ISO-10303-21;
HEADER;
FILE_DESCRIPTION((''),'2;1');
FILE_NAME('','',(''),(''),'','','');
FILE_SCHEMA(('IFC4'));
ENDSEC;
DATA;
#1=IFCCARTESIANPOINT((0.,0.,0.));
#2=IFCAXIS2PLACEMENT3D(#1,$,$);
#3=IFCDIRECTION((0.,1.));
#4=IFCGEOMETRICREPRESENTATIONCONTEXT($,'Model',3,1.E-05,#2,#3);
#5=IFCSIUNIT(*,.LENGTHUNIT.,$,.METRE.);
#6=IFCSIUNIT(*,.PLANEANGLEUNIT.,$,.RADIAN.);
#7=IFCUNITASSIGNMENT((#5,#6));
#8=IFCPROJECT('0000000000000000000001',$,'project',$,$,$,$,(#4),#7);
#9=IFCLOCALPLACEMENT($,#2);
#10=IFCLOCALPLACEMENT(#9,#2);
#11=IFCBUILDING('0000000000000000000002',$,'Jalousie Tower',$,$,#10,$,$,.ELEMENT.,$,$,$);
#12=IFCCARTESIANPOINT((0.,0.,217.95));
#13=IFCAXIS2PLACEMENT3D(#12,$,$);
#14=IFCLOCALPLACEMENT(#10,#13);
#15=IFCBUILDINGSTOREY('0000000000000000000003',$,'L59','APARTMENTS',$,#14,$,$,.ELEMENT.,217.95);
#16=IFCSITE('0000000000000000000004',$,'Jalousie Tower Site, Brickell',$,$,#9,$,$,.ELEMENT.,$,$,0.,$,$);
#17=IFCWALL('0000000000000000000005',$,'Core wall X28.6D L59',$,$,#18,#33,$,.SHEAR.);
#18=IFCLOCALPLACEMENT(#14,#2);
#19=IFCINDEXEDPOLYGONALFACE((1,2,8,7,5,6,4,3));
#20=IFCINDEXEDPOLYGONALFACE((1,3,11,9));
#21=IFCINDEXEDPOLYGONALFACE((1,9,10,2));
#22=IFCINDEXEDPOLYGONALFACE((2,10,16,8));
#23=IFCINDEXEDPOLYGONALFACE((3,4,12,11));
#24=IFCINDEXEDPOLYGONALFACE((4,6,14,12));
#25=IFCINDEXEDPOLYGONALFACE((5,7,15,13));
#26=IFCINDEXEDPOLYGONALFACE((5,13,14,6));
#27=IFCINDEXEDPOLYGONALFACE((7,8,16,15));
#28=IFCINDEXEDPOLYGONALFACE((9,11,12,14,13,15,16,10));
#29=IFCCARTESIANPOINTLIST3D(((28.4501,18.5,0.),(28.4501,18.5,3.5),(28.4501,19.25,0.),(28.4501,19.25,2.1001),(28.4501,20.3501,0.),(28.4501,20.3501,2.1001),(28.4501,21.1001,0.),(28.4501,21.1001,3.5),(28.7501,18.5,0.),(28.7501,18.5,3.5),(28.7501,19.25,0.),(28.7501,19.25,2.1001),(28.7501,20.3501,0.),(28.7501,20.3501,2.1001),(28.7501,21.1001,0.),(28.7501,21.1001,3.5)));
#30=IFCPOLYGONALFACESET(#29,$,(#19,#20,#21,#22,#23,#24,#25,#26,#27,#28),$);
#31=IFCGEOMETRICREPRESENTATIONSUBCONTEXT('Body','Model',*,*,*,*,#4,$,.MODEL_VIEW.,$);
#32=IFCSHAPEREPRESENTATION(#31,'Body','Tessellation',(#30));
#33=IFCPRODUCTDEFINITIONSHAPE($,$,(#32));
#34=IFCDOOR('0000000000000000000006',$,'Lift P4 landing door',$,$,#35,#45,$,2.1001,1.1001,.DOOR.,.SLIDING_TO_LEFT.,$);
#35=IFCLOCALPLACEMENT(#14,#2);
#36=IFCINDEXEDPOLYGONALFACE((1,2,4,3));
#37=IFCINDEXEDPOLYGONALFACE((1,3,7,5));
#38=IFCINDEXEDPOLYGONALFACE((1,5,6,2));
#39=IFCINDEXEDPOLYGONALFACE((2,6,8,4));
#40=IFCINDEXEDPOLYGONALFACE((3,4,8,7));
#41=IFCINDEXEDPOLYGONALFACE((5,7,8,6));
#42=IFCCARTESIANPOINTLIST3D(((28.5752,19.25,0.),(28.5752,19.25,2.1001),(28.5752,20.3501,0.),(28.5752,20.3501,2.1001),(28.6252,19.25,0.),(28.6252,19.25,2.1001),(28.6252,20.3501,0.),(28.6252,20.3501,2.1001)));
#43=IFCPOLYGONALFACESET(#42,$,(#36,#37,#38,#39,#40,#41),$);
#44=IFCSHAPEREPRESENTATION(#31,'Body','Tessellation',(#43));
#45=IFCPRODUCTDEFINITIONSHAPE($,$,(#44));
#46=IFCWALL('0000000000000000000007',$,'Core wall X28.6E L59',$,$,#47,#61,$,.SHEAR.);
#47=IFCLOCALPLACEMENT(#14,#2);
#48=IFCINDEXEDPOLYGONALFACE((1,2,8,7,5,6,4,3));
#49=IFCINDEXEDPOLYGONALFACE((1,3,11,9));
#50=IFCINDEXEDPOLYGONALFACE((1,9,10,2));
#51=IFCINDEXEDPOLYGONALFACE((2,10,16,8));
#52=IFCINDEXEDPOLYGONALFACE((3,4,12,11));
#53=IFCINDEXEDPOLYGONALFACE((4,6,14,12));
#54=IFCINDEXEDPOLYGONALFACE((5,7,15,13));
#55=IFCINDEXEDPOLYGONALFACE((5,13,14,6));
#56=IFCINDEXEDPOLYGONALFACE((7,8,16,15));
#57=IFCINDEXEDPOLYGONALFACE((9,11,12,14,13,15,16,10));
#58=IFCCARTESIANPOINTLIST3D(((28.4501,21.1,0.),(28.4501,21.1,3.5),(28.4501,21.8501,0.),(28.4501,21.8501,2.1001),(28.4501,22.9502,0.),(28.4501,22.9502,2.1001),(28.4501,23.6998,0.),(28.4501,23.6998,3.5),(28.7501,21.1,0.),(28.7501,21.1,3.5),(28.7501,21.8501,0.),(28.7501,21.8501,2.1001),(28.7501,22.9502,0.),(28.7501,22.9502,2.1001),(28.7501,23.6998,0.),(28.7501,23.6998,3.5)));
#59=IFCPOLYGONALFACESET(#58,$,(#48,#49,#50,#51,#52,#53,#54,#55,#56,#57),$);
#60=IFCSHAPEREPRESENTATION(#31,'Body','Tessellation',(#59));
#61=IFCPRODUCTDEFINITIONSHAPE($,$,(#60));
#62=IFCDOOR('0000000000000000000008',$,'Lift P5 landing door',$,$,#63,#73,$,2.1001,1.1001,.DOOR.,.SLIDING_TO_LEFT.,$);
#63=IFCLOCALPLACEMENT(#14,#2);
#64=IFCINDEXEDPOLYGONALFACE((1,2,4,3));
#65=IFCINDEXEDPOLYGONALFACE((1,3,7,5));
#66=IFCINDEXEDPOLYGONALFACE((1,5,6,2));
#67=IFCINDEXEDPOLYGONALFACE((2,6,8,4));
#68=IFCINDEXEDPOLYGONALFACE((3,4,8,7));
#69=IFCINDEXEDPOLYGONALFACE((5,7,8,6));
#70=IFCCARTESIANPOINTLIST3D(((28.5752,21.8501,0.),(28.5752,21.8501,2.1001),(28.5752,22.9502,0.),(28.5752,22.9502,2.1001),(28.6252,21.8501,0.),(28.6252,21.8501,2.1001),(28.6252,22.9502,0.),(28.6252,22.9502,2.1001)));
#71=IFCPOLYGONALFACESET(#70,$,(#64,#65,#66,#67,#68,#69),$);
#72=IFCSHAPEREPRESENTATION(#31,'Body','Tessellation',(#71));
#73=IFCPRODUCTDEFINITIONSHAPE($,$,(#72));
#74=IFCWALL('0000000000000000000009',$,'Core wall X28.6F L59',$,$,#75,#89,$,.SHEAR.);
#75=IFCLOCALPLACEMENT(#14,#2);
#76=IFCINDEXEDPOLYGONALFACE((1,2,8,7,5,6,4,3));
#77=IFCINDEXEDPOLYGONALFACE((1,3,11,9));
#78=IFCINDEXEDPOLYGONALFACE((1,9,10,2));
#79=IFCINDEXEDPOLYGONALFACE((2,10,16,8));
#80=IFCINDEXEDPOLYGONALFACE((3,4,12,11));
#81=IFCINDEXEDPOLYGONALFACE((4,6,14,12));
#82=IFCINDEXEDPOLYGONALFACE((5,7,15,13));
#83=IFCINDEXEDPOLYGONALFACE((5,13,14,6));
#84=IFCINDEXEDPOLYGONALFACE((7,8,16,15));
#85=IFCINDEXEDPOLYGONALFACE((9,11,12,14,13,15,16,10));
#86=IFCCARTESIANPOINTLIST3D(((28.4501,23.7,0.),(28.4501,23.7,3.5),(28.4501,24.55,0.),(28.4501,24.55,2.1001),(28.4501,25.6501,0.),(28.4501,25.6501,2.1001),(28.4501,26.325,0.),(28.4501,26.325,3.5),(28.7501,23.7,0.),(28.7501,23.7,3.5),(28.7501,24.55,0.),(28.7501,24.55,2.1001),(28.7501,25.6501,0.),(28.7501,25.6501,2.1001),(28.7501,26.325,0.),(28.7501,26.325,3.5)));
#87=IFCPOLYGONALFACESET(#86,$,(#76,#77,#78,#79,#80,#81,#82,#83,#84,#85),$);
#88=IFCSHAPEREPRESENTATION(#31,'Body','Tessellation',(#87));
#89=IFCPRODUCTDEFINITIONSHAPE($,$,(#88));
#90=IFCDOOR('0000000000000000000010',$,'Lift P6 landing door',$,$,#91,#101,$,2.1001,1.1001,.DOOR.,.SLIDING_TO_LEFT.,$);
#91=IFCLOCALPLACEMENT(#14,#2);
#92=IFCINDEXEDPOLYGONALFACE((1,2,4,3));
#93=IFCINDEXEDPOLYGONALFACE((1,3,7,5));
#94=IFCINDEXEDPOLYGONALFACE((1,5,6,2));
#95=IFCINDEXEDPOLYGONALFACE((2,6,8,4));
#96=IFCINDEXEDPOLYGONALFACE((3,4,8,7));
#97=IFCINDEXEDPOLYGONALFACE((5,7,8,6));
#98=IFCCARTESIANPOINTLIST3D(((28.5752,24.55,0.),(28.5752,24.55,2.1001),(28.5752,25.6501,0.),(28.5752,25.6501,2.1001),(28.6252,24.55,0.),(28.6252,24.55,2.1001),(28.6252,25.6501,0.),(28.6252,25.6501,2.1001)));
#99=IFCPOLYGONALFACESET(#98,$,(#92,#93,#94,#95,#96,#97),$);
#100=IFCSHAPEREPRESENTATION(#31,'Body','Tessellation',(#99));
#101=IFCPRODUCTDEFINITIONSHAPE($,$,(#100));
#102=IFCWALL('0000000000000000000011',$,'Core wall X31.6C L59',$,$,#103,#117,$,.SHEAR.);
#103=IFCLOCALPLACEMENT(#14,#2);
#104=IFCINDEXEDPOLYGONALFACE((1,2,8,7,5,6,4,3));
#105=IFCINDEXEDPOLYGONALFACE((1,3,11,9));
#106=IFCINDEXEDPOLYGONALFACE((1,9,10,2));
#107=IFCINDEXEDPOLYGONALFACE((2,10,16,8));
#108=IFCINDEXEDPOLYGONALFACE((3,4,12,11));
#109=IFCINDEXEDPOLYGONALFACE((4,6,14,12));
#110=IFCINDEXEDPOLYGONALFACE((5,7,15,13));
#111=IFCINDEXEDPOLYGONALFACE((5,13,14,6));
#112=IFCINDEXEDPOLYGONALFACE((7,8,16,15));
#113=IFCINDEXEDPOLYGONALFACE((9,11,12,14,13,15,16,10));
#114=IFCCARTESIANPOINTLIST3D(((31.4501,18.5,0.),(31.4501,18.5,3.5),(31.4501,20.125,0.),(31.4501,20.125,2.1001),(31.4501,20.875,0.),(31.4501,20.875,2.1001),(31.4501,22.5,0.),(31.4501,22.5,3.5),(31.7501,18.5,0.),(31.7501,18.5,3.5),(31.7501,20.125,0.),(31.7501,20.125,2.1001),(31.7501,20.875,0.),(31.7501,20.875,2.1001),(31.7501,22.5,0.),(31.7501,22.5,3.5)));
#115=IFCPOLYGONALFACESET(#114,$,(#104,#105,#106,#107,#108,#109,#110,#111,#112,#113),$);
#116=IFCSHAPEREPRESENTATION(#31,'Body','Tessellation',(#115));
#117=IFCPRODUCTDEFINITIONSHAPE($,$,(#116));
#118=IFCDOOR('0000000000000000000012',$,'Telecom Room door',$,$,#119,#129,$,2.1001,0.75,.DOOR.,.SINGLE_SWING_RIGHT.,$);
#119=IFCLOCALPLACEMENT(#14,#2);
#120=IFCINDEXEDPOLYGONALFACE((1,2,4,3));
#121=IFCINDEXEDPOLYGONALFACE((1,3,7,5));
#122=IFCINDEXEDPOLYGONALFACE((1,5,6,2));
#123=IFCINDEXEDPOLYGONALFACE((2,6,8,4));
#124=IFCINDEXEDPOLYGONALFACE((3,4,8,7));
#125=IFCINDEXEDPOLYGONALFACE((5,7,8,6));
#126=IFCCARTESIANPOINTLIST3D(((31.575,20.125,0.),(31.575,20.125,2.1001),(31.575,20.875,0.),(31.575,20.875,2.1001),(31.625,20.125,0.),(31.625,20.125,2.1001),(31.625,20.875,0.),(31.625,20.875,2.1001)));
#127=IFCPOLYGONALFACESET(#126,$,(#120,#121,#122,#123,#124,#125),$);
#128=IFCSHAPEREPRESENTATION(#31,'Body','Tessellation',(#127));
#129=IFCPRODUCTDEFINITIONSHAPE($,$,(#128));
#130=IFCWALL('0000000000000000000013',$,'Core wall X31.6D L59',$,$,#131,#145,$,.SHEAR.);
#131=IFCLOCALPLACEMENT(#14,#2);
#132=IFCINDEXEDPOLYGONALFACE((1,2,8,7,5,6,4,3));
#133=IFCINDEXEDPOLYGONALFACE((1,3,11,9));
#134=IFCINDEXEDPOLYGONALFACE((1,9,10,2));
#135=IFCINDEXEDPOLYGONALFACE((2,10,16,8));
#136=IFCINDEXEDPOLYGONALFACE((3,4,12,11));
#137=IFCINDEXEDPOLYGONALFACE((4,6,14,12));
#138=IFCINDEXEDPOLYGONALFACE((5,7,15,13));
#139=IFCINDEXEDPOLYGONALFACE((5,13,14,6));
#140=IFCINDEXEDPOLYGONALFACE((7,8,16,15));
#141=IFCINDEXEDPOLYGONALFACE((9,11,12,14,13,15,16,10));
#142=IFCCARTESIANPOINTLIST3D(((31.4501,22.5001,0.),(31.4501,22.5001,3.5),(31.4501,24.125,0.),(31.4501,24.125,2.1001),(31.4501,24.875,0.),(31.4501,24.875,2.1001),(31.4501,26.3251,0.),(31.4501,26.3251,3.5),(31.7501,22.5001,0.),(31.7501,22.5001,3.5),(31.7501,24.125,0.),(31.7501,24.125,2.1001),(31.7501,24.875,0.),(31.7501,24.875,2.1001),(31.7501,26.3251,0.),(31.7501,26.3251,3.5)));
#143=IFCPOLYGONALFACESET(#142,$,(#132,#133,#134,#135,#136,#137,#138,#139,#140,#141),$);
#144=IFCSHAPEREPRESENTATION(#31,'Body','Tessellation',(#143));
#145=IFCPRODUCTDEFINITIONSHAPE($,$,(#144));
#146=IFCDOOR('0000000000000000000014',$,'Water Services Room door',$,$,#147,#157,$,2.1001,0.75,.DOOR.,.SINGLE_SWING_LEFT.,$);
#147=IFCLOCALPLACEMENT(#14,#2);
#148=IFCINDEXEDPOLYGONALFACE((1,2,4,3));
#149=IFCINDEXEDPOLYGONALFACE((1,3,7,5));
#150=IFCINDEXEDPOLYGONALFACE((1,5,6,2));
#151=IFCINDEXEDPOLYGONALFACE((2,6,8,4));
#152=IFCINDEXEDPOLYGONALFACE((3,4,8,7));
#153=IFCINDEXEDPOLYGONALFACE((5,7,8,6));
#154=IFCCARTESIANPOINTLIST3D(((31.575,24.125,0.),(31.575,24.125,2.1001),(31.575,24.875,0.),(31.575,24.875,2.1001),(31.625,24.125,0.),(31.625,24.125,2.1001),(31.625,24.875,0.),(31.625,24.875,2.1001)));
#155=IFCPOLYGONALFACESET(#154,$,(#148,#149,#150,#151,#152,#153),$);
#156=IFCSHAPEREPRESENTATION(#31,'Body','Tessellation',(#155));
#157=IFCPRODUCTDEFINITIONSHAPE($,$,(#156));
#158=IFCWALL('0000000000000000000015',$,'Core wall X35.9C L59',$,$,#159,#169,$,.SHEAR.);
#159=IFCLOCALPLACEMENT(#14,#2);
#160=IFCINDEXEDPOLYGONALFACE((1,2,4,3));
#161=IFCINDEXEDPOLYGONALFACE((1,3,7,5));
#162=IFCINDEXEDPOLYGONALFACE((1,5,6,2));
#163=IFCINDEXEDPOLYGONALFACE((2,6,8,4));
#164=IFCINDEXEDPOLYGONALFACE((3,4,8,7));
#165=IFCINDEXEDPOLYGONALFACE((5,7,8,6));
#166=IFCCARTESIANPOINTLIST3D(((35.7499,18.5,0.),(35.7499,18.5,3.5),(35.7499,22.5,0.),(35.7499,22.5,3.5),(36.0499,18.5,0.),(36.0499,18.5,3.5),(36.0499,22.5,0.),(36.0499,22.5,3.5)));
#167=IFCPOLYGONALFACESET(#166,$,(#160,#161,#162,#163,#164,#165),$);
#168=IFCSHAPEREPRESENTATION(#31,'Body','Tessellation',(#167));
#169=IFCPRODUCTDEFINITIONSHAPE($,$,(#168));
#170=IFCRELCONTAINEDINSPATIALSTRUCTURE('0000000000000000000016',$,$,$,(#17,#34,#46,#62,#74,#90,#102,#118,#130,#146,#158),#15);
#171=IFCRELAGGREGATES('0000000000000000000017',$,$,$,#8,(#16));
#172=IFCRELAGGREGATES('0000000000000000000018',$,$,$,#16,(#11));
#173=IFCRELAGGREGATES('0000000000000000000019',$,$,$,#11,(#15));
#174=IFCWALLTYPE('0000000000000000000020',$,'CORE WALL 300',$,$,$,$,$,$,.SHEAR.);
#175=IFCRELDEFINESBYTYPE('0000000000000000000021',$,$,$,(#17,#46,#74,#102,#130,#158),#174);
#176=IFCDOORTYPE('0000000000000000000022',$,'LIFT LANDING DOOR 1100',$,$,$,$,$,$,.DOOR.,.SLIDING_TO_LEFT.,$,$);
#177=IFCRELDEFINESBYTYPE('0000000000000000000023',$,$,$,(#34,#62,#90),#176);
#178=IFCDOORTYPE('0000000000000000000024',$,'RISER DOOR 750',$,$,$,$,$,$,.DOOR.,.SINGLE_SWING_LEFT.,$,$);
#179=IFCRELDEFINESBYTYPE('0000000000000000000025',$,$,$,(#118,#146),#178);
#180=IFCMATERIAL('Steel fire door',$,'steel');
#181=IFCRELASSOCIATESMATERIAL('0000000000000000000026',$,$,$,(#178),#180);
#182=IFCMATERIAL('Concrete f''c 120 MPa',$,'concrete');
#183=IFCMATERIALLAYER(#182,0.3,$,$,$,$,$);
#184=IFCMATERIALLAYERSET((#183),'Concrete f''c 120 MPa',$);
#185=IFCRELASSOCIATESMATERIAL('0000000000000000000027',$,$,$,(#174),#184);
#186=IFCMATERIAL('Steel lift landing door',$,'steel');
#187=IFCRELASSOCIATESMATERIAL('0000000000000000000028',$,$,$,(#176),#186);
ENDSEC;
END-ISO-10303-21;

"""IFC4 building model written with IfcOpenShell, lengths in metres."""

from ifc_helpers import new_model, si_unit, direction, frame, frame_2d, origin, place, context, subcontext, project, spatial, rectangle, extrude, material, layer, layer_set, type_object, element, fill, save


model = new_model("IFC4")

# Units and contexts
model_context = context("Model", 3, precision=1e-05, world=origin(), true_north=direction((0.0, 1.0)))
body_context = subcontext(model_context, "Body", "Model", "MODEL_VIEW")
ifc_project = project(units=[si_unit("LENGTHUNIT", "METRE"), si_unit("PLANEANGLEUNIT", "RADIAN")], contexts=[model_context])

# Site, building, storey
site_placement = place(None, origin())
site = spatial("IfcSite", under=ifc_project, at=site_placement, Name="Jalousie Tower Site, Brickell", CompositionType="ELEMENT", RefElevation=0.0)
building_placement = place(site_placement, origin())
building = spatial("IfcBuilding", under=site, at=building_placement, Name="Jalousie Tower", CompositionType="ELEMENT")
storey_placement = place(building_placement, frame((0.0, 0.0, 217.95)))
storey = spatial("IfcBuildingStorey", under=building, at=storey_placement, Name="L59", Description="APARTMENTS", CompositionType="ELEMENT", Elevation=217.95)

# Shared definitions
ifc_material_1 = material(Name="Steel fire door", Category="steel")
door_type_1 = type_object("IfcDoorType", Name="RISER DOOR 750", OperationType="SINGLE_SWING_LEFT", PredefinedType="DOOR", material=ifc_material_1)

# Shared definitions
ifc_material_2 = material(Name="Concrete f'c 120 MPa", Category="concrete")
ifc_layer_1 = layer(ifc_material_2, 0.3)
ifc_layer_set_1 = layer_set([ifc_layer_1], Name="Concrete f'c 120 MPa")
wall_type_1 = type_object("IfcWallType", Name="CORE WALL 300", PredefinedType="SHEAR", material=ifc_layer_set_1)

# Walls, openings, doors
wall_1_placement = place(storey_placement, frame((28.6001, 18.5, 0.0), z_axis=(0.0, 0.0, 1.0), x_axis=(0.0, 1.0, 0.0)))
wall_1 = element("IfcWall", 1, at=wall_1_placement, inside=storey, type_object=wall_type_1, Name="Core wall X28.6D L59", PredefinedType="SHEAR", context=body_context, shape_type="SweptSolid", body=[
    extrude(rectangle(XDim=2.6001, YDim=0.3, at=frame_2d((1.3, 0.0))), origin(), (0.0, 0.0, 1.0), 3.5),
])
opening_1_placement = place(wall_1_placement, frame((0.75, 0.0, 0.0)))
opening_1 = element("IfcOpeningElement", 2, at=opening_1_placement, cuts=wall_1, PredefinedType="OPENING", context=body_context, shape_type="SweptSolid", body=[
    extrude(rectangle(XDim=1.1001, YDim=2.1001, at=frame_2d((0.55, 1.05))), frame((0.0, 0.1599, 0.0), z_axis=(0.0, -1.0, 0.0), x_axis=(1.0, 0.0, 0.0)), (0.0, 0.0, 1.0), 0.3201),
])
ifc_material_3 = material(Name="Steel lift landing door", Category="steel")
door_type_2 = type_object("IfcDoorType", Name="LIFT LANDING DOOR 1100", OperationType="SLIDING_TO_LEFT", PredefinedType="DOOR", material=ifc_material_3)
door_1_placement = place(opening_1_placement, origin())
door_1 = element("IfcDoor", 3, at=door_1_placement, inside=storey, type_object=door_type_2, Name="Lift P4 landing door", OperationType="SLIDING_TO_LEFT", OverallHeight=2.1001, OverallWidth=1.1001, PredefinedType="DOOR", context=body_context, shape_type="SweptSolid", body=[
    extrude(rectangle(XDim=1.1001, YDim=2.1001, at=frame_2d((0.55, 1.05))), frame((0.0, 0.0249, 0.0), z_axis=(0.0, -1.0, 0.0), x_axis=(1.0, 0.0, 0.0)), (0.0, 0.0, 1.0), 0.05),
])
fill(opening_1, door_1)
wall_2_placement = place(storey_placement, frame((28.6001, 21.1001, 0.0), z_axis=(0.0, 0.0, 1.0), x_axis=(0.0, 1.0, 0.0)))
wall_2 = element("IfcWall", 4, at=wall_2_placement, inside=storey, type_object=wall_type_1, Name="Core wall X28.6E L59", PredefinedType="SHEAR", context=body_context, shape_type="SweptSolid", body=[
    extrude(rectangle(XDim=2.5999, YDim=0.3, at=frame_2d((1.2998, 0.0))), origin(), (0.0, 0.0, 1.0), 3.5),
])
opening_2_placement = place(wall_2_placement, frame((0.75, 0.0, 0.0)))
opening_2 = element("IfcOpeningElement", 5, at=opening_2_placement, cuts=wall_2, PredefinedType="OPENING", context=body_context, shape_type="SweptSolid", body=[
    extrude(rectangle(XDim=1.1001, YDim=2.1001, at=frame_2d((0.55, 1.05))), frame((0.0, 0.1599, 0.0), z_axis=(0.0, -1.0, 0.0), x_axis=(1.0, 0.0, 0.0)), (0.0, 0.0, 1.0), 0.3201),
])
door_2_placement = place(opening_2_placement, origin())
door_2 = element("IfcDoor", 6, at=door_2_placement, inside=storey, type_object=door_type_2, Name="Lift P5 landing door", OperationType="SLIDING_TO_LEFT", OverallHeight=2.1001, OverallWidth=1.1001, PredefinedType="DOOR", context=body_context, shape_type="SweptSolid", body=[
    extrude(rectangle(XDim=1.1001, YDim=2.1001, at=frame_2d((0.55, 1.05))), frame((0.0, 0.0249, 0.0), z_axis=(0.0, -1.0, 0.0), x_axis=(1.0, 0.0, 0.0)), (0.0, 0.0, 1.0), 0.05),
])
fill(opening_2, door_2)
wall_3_placement = place(storey_placement, frame((28.6001, 23.7, 0.0), z_axis=(0.0, 0.0, 1.0), x_axis=(0.0, 1.0, 0.0)))
wall_3 = element("IfcWall", 7, at=wall_3_placement, inside=storey, type_object=wall_type_1, Name="Core wall X28.6F L59", PredefinedType="SHEAR", context=body_context, shape_type="SweptSolid", body=[
    extrude(rectangle(XDim=2.625, YDim=0.3, at=frame_2d((1.3125, 0.0))), origin(), (0.0, 0.0, 1.0), 3.5),
])
opening_3_placement = place(wall_3_placement, frame((0.8501, 0.0, 0.0)))
opening_3 = element("IfcOpeningElement", 8, at=opening_3_placement, cuts=wall_3, PredefinedType="OPENING", context=body_context, shape_type="SweptSolid", body=[
    extrude(rectangle(XDim=1.1001, YDim=2.1001, at=frame_2d((0.55, 1.05))), frame((0.0, 0.1599, 0.0), z_axis=(0.0, -1.0, 0.0), x_axis=(1.0, 0.0, 0.0)), (0.0, 0.0, 1.0), 0.3201),
])
door_3_placement = place(opening_3_placement, origin())
door_3 = element("IfcDoor", 9, at=door_3_placement, inside=storey, type_object=door_type_2, Name="Lift P6 landing door", OperationType="SLIDING_TO_LEFT", OverallHeight=2.1001, OverallWidth=1.1001, PredefinedType="DOOR", context=body_context, shape_type="SweptSolid", body=[
    extrude(rectangle(XDim=1.1001, YDim=2.1001, at=frame_2d((0.55, 1.05))), frame((0.0, 0.0249, 0.0), z_axis=(0.0, -1.0, 0.0), x_axis=(1.0, 0.0, 0.0)), (0.0, 0.0, 1.0), 0.05),
])
fill(opening_3, door_3)
wall_4_placement = place(storey_placement, frame((31.6001, 18.5, 0.0), z_axis=(0.0, 0.0, 1.0), x_axis=(0.0, 1.0, 0.0)))
wall_4 = element("IfcWall", 10, at=wall_4_placement, inside=storey, type_object=wall_type_1, Name="Core wall X31.6C L59", PredefinedType="SHEAR", context=body_context, shape_type="SweptSolid", body=[
    extrude(rectangle(XDim=4.0, YDim=0.3, at=frame_2d((2.0, 0.0))), origin(), (0.0, 0.0, 1.0), 3.5),
])
opening_4_placement = place(wall_4_placement, frame((1.625, 0.0, 0.0)))
opening_4 = element("IfcOpeningElement", 11, at=opening_4_placement, cuts=wall_4, PredefinedType="OPENING", context=body_context, shape_type="SweptSolid", body=[
    extrude(rectangle(XDim=0.75, YDim=2.1001, at=frame_2d((0.375, 1.05))), frame((0.0, 0.1599, 0.0), z_axis=(0.0, -1.0, 0.0), x_axis=(1.0, 0.0, 0.0)), (0.0, 0.0, 1.0), 0.3201),
])
door_4_placement = place(opening_4_placement, frame((0.75, 0.0, 0.0), z_axis=(0.0, 0.0, 1.0), x_axis=(-1.0, 0.0, 0.0)))
door_4 = element("IfcDoor", 12, at=door_4_placement, inside=storey, type_object=door_type_1, Name="Telecom Room door", OperationType="SINGLE_SWING_RIGHT", OverallHeight=2.1001, OverallWidth=0.75, PredefinedType="DOOR", context=body_context, shape_type="SweptSolid", body=[
    extrude(rectangle(XDim=0.75, YDim=2.1001, at=frame_2d((0.375, 1.05))), frame((0.0, 0.0249, 0.0), z_axis=(0.0, -1.0, 0.0), x_axis=(1.0, 0.0, 0.0)), (0.0, 0.0, 1.0), 0.05),
])
fill(opening_4, door_4)
wall_5_placement = place(storey_placement, frame((31.6001, 22.5, 0.0), z_axis=(0.0, 0.0, 1.0), x_axis=(0.0, 1.0, 0.0)))
wall_5 = element("IfcWall", 13, at=wall_5_placement, inside=storey, type_object=wall_type_1, Name="Core wall X31.6D L59", PredefinedType="SHEAR", context=body_context, shape_type="SweptSolid", body=[
    extrude(rectangle(XDim=3.825, YDim=0.3, at=frame_2d((1.9126, 0.0))), origin(), (0.0, 0.0, 1.0), 3.5),
])
opening_5_placement = place(wall_5_placement, frame((1.625, 0.0, 0.0)))
opening_5 = element("IfcOpeningElement", 14, at=opening_5_placement, cuts=wall_5, PredefinedType="OPENING", context=body_context, shape_type="SweptSolid", body=[
    extrude(rectangle(XDim=0.75, YDim=2.1001, at=frame_2d((0.375, 1.05))), frame((0.0, 0.1599, 0.0), z_axis=(0.0, -1.0, 0.0), x_axis=(1.0, 0.0, 0.0)), (0.0, 0.0, 1.0), 0.3201),
])
door_5_placement = place(opening_5_placement, frame((0.75, 0.0, 0.0), z_axis=(0.0, 0.0, 1.0), x_axis=(-1.0, 0.0, 0.0)))
door_5 = element("IfcDoor", 15, at=door_5_placement, inside=storey, type_object=door_type_1, Name="Water Services Room door", OperationType="SINGLE_SWING_LEFT", OverallHeight=2.1001, OverallWidth=0.75, PredefinedType="DOOR", context=body_context, shape_type="SweptSolid", body=[
    extrude(rectangle(XDim=0.75, YDim=2.1001, at=frame_2d((0.375, 1.05))), frame((0.0, 0.0249, 0.0), z_axis=(0.0, -1.0, 0.0), x_axis=(1.0, 0.0, 0.0)), (0.0, 0.0, 1.0), 0.05),
])
fill(opening_5, door_5)

# Wall
wall_6_placement = place(storey_placement, frame((35.8999, 18.5, 0.0), z_axis=(0.0, 0.0, 1.0), x_axis=(0.0, 1.0, 0.0)))
element("IfcWall", 16, at=wall_6_placement, inside=storey, type_object=wall_type_1, Name="Core wall X35.9C L59", PredefinedType="SHEAR", context=body_context, shape_type="SweptSolid", body=[
    extrude(rectangle(XDim=4.0, YDim=0.3, at=frame_2d((2.0, 0.0))), origin(), (0.0, 0.0, 1.0), 3.5),
])

save(model, "model.ifc")
